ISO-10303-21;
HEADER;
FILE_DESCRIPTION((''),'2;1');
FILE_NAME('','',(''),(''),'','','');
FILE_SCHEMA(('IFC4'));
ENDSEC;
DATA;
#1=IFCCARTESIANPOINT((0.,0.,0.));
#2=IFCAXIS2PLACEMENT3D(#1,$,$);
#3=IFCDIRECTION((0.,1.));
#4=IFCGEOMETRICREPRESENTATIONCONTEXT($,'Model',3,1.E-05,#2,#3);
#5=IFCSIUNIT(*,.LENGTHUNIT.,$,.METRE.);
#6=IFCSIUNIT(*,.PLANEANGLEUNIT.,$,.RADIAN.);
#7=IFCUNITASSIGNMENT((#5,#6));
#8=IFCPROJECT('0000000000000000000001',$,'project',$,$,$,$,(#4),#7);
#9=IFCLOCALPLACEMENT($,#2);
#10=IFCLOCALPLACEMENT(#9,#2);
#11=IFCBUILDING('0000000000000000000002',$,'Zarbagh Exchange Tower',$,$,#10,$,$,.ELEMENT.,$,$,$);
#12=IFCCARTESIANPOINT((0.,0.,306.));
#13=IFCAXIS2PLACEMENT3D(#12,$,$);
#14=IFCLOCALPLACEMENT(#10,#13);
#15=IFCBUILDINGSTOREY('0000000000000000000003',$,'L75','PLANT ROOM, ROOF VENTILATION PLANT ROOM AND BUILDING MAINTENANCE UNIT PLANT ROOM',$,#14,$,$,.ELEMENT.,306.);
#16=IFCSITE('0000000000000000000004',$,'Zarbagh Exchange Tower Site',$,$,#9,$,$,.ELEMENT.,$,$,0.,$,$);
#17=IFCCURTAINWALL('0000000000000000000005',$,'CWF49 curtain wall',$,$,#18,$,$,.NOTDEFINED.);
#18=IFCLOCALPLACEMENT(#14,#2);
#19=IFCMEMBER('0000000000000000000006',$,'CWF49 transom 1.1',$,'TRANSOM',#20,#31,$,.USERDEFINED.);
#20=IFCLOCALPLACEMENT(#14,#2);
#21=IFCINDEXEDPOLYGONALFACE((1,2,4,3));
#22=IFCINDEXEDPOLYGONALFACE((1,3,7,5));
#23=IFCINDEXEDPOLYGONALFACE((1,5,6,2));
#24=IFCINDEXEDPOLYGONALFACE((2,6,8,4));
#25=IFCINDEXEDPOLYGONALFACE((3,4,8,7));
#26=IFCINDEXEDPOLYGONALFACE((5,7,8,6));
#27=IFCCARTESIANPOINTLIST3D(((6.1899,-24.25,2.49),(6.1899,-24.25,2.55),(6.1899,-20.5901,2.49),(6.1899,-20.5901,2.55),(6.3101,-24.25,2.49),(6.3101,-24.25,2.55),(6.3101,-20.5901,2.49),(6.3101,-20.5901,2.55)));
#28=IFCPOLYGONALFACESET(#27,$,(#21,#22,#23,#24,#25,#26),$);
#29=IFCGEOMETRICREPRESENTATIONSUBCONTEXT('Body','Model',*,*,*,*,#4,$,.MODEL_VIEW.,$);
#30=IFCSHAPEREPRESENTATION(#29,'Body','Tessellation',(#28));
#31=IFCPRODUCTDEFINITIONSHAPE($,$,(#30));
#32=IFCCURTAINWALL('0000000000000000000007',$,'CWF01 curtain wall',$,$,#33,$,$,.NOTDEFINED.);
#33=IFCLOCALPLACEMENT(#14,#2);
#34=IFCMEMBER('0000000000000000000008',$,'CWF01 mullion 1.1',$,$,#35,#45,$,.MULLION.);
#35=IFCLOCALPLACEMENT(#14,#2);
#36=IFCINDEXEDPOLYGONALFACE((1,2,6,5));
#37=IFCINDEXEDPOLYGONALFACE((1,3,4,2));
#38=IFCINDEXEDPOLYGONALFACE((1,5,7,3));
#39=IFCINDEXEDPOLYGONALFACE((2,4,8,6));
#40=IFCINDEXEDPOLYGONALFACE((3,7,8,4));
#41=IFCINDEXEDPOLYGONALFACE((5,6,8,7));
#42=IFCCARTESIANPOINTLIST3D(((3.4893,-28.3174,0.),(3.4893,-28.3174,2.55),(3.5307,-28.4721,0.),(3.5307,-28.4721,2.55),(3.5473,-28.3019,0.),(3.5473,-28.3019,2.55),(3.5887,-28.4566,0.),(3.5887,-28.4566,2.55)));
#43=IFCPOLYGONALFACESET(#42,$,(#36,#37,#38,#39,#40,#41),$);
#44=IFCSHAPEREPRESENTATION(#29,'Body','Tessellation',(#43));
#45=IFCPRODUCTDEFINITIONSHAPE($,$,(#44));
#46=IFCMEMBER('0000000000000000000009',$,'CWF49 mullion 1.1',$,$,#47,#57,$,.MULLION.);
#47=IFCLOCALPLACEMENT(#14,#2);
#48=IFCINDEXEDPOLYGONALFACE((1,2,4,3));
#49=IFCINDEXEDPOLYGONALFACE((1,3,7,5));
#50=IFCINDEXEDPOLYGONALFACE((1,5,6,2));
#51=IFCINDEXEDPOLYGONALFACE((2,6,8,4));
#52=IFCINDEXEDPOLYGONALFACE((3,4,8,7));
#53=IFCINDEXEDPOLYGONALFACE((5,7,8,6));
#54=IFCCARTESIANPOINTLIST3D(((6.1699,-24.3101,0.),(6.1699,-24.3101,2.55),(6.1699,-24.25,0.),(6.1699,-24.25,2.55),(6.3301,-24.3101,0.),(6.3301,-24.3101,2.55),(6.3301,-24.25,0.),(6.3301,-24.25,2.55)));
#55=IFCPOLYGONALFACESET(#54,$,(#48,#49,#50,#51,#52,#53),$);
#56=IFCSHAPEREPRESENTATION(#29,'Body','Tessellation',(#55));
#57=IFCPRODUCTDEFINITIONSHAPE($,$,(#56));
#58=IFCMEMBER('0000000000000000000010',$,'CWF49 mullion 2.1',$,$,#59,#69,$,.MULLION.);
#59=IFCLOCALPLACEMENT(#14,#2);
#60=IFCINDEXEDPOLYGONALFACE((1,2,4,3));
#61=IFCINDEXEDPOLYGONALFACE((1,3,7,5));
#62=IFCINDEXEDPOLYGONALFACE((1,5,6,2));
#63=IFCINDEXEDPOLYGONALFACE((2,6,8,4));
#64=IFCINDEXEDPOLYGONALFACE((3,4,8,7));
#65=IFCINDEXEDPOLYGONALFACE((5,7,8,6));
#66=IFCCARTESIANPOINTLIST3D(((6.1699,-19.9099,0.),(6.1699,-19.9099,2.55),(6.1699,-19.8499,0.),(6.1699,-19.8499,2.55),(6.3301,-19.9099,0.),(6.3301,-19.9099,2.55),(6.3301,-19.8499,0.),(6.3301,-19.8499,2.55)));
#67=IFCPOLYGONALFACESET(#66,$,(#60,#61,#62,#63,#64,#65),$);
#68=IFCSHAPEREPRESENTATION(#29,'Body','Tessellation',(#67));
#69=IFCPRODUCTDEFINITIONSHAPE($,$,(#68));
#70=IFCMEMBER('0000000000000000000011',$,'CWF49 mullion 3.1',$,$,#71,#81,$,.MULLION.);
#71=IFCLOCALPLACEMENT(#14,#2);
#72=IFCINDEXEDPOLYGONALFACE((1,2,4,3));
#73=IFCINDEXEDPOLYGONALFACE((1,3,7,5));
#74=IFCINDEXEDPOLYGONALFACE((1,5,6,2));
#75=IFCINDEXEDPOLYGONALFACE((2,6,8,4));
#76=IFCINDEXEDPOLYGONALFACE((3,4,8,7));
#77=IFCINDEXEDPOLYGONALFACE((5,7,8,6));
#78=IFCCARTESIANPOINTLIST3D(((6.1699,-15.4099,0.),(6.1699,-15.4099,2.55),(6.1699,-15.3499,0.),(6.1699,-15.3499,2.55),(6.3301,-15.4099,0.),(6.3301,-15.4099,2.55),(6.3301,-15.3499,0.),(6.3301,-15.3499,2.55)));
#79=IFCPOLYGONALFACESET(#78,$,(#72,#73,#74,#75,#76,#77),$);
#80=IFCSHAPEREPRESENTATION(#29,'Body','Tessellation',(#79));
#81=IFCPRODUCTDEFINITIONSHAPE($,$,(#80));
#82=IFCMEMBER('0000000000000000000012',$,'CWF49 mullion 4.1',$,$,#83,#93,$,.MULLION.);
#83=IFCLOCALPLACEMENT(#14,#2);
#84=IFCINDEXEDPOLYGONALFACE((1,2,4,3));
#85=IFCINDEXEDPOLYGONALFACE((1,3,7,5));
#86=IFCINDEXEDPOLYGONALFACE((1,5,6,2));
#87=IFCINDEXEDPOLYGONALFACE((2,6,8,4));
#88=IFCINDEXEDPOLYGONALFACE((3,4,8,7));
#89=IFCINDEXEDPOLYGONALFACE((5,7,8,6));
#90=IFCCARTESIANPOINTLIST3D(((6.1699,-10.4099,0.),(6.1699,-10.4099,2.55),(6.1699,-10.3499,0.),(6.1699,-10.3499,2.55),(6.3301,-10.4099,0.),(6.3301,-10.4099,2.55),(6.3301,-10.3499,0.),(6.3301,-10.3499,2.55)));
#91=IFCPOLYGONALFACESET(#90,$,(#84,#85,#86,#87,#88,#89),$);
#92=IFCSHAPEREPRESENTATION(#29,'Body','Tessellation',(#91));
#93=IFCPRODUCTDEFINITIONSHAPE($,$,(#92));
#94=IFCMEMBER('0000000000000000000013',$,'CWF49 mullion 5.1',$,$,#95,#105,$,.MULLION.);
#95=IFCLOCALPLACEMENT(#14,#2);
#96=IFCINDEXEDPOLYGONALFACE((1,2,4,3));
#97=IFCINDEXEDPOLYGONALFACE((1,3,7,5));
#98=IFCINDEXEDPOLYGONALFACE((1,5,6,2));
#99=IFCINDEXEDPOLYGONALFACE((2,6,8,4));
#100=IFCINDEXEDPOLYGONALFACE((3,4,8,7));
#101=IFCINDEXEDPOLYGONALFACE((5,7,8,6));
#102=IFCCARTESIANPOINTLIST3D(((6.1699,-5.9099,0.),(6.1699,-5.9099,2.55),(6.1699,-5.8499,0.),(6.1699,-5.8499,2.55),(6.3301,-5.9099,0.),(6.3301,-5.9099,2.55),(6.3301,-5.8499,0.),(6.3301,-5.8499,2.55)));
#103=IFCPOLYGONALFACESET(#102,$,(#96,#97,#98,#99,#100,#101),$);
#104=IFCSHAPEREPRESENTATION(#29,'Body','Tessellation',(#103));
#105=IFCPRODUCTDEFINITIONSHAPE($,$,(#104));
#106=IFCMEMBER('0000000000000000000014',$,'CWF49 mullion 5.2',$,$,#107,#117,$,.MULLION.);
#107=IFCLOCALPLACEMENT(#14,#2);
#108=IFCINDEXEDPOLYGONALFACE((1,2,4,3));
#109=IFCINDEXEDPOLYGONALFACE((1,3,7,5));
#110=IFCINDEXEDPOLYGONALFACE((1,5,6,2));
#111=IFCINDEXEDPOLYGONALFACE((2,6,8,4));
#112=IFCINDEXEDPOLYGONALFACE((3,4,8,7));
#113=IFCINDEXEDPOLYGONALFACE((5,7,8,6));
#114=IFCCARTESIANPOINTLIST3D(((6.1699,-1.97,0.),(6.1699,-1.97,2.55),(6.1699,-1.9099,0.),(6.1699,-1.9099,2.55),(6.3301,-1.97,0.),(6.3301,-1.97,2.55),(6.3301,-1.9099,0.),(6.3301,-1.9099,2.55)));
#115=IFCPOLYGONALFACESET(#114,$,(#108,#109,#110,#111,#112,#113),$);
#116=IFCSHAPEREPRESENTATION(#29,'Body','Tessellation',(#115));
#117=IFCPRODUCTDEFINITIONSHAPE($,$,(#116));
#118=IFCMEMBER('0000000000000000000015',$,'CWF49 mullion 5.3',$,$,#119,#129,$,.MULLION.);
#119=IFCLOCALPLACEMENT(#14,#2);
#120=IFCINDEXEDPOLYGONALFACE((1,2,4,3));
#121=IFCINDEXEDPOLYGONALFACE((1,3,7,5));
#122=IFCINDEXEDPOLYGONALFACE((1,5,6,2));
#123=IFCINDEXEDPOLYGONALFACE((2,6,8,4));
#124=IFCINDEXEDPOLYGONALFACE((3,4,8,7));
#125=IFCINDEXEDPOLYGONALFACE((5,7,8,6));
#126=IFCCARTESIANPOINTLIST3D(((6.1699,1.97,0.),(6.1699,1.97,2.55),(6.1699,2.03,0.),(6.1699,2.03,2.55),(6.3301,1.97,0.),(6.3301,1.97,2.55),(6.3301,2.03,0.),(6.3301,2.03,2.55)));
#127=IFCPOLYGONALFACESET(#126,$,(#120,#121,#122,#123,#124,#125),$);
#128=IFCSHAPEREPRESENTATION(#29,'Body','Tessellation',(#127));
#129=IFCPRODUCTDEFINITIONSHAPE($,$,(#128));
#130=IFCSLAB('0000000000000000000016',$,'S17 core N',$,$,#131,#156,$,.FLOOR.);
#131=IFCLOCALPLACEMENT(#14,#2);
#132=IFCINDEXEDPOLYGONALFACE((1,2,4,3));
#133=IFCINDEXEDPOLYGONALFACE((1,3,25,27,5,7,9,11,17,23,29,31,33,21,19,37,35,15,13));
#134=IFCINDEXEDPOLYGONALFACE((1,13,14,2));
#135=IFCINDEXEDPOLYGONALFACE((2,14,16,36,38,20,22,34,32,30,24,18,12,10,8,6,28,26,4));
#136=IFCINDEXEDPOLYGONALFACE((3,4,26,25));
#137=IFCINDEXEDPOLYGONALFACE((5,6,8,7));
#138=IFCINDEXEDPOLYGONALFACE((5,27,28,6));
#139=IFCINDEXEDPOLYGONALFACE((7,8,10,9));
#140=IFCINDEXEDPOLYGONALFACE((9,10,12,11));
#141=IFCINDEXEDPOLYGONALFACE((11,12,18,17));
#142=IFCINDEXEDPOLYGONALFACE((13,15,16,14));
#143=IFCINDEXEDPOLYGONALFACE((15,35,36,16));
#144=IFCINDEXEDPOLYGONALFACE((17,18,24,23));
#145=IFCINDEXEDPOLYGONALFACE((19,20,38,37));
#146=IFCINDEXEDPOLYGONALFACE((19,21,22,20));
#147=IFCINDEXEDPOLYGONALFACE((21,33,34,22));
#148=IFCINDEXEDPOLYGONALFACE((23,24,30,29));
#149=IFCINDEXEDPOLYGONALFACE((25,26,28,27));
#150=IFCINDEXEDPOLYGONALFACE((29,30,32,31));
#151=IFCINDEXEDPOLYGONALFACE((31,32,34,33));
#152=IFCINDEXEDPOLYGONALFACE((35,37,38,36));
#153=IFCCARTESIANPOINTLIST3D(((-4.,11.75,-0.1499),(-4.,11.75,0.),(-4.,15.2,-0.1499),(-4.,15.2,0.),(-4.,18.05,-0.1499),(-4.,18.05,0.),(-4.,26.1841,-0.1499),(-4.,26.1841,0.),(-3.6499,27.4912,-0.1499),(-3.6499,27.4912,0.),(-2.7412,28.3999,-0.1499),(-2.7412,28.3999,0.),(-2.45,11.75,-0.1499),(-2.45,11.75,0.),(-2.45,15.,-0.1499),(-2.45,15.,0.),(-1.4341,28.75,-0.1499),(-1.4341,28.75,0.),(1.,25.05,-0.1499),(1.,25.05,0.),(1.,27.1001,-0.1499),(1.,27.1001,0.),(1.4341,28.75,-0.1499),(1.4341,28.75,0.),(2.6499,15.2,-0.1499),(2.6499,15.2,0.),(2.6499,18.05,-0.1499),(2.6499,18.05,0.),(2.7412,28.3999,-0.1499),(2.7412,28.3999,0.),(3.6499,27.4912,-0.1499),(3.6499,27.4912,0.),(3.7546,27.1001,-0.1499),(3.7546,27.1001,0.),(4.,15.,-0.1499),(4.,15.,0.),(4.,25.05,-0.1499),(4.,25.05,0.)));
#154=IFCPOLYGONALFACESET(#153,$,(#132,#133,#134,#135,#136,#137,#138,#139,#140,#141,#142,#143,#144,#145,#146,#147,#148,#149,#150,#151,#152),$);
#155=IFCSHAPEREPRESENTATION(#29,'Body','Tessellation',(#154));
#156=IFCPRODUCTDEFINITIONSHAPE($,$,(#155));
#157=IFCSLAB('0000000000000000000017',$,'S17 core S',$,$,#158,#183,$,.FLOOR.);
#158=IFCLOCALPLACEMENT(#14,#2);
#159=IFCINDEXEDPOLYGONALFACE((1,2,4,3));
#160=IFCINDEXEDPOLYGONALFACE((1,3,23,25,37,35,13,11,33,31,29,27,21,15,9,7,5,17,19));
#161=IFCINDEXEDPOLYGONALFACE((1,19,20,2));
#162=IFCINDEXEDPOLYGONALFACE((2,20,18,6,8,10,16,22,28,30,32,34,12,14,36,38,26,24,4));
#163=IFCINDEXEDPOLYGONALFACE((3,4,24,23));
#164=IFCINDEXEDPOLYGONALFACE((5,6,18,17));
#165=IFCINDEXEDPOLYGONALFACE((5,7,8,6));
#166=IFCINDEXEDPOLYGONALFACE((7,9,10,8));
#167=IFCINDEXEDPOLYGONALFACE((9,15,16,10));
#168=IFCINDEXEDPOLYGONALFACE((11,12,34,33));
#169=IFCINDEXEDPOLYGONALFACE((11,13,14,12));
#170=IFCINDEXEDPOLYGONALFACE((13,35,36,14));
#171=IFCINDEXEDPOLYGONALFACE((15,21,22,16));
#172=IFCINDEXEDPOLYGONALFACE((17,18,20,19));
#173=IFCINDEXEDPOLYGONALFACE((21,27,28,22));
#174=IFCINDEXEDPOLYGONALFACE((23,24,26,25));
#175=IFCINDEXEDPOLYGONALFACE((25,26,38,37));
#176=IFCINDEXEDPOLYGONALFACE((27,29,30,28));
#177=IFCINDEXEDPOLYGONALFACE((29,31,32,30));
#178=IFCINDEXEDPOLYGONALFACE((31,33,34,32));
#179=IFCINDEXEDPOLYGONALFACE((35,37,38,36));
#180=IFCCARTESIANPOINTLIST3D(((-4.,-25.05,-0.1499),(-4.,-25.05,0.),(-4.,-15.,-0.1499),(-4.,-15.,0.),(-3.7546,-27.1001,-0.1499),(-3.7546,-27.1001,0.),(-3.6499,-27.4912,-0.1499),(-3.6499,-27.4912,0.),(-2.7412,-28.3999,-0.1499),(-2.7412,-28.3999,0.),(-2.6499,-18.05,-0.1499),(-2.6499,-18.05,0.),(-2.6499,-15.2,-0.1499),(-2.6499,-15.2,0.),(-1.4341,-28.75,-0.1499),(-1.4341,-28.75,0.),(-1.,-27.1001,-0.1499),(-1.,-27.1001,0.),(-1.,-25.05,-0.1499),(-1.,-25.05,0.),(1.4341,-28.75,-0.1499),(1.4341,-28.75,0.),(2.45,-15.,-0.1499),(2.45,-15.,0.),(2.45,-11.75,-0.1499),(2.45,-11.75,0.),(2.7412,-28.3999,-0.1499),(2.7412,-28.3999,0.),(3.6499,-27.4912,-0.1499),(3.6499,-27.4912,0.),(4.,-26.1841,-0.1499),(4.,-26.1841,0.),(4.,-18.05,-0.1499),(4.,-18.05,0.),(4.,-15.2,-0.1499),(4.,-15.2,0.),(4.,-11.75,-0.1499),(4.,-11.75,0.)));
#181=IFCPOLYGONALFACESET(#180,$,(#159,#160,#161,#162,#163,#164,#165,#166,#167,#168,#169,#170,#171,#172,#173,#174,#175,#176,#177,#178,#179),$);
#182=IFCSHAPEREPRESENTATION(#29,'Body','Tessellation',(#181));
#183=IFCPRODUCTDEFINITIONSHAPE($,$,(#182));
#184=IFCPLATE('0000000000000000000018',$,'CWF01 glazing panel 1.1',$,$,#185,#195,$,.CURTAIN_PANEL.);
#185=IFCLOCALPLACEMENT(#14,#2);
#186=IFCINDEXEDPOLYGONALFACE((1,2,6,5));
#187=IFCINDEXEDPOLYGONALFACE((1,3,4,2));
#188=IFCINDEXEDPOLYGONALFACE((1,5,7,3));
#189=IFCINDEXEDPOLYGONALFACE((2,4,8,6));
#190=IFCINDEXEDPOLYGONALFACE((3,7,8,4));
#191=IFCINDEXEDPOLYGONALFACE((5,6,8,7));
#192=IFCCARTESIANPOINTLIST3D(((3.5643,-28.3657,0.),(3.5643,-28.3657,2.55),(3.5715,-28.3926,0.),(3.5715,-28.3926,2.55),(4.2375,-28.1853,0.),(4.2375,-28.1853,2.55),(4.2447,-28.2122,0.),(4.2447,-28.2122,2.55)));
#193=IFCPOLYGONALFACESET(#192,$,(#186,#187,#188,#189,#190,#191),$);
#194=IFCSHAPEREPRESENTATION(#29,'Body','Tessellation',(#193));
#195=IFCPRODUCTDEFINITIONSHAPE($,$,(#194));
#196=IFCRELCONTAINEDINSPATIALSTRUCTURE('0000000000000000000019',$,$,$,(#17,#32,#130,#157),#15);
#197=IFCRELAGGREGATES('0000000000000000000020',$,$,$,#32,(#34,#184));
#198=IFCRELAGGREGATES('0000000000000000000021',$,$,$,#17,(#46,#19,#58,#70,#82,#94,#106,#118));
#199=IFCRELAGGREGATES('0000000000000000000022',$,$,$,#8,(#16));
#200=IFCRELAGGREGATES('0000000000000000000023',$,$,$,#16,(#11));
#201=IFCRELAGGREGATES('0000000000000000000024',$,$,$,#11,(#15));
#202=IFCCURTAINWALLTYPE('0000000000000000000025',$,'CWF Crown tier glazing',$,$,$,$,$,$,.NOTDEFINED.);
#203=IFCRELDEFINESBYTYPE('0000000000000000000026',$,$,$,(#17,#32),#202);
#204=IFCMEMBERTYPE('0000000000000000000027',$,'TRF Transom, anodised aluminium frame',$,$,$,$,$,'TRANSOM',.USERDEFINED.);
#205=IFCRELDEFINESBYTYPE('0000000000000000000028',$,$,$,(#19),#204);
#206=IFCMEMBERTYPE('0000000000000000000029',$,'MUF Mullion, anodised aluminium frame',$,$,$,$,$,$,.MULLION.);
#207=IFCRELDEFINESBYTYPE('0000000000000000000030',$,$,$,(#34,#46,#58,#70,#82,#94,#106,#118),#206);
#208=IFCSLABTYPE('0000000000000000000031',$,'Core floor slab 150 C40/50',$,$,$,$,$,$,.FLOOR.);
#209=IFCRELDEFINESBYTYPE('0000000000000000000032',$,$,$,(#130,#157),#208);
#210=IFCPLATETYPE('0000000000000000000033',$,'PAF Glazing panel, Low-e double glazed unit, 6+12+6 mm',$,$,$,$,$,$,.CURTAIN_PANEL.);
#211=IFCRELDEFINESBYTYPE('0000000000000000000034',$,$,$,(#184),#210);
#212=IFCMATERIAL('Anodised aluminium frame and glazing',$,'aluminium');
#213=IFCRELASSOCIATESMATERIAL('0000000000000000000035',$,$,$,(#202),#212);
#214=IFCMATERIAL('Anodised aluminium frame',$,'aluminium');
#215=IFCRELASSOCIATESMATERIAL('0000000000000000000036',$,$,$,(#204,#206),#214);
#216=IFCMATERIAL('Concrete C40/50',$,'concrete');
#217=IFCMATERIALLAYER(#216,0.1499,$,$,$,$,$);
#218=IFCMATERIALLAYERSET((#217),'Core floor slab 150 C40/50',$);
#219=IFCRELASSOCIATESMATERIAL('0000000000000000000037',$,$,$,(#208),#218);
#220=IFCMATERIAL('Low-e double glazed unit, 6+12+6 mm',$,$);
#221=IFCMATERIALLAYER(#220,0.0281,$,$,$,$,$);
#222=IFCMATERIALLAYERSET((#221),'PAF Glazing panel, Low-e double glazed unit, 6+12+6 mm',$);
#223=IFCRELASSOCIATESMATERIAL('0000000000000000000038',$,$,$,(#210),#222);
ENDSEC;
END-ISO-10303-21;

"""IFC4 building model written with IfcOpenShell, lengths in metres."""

from ifc_helpers import new_model, si_unit, direction, frame, origin, place, context, subcontext, project, spatial, polyline, outline, extrude, source, transform, mapped, material, layer, layer_set, type_object, element, aggregate, save


model = new_model("IFC4")

# Units and contexts
model_context = context("Model", 3, precision=1e-05, world=origin(), true_north=direction((0.0, 1.0)))
body_context = subcontext(model_context, "Body", "Model", "MODEL_VIEW")
ifc_project = project(units=[si_unit("LENGTHUNIT", "METRE"), si_unit("PLANEANGLEUNIT", "RADIAN")], contexts=[model_context])

# Site, building, storey
site_placement = place(None, origin())
site = spatial("IfcSite", under=ifc_project, at=site_placement, Name="Zarbagh Exchange Tower Site", CompositionType="ELEMENT", RefElevation=0.0)
building_placement = place(site_placement, origin())
building = spatial("IfcBuilding", under=site, at=building_placement, Name="Zarbagh Exchange Tower", CompositionType="ELEMENT")
storey_placement = place(building_placement, frame((0.0, 0.0, 306.0)))
storey = spatial("IfcBuildingStorey", under=building, at=storey_placement, Name="L75", Description="PLANT ROOM, ROOF VENTILATION PLANT ROOM AND BUILDING MAINTENANCE UNIT PLANT ROOM", CompositionType="ELEMENT", Elevation=306.0)

# Curtain walls, members
ifc_material_1 = material(Name="Anodised aluminium frame and glazing", Category="aluminium")
curtain_wall_type = type_object("IfcCurtainWallType", Name="CWF Crown tier glazing", PredefinedType="NOTDEFINED", material=ifc_material_1)
curtain_wall_1_placement = place(storey_placement, origin())
curtain_wall_1 = element("IfcCurtainWall", 1, at=curtain_wall_1_placement, inside=storey, type_object=curtain_wall_type, Name="CWF49 curtain wall", PredefinedType="NOTDEFINED")
ifc_material_2 = material(Name="Anodised aluminium frame", Category="aluminium")
member_type_1 = type_object("IfcMemberType", Name="TRF Transom, anodised aluminium frame", ElementType="TRANSOM", PredefinedType="USERDEFINED", material=ifc_material_2)
shared_shape_1 = source(origin(), body_context, "Body", "SweptSolid", [
    extrude(outline(polyline([(-0.0601, -0.0601), (0.0, -0.0601), (0.0, 0.0601), (-0.0601, 0.0601), (-0.0601, -0.0601)])), origin(), (0.0, 0.0, 1.0), 3.6599),
])
placement = place(storey_placement, origin())
member_1 = element("IfcMember", 2, at=placement, type_object=member_type_1, Name="CWF49 transom 1.1", ObjectType="TRANSOM", PredefinedType="USERDEFINED", context=body_context, shape_type="MappedRepresentation", body=[
    mapped(shared_shape_1, transform((6.25, -24.25, 2.55), x_axis=(0.0, 0.0, 1.0), y_axis=(1.0, 0.0, 0.0), z_axis=(0.0, 1.0, 0.0))),
])
curtain_wall_2_placement = place(storey_placement, origin())
curtain_wall_2 = element("IfcCurtainWall", 3, at=curtain_wall_2_placement, inside=storey, type_object=curtain_wall_type, Name="CWF01 curtain wall", PredefinedType="NOTDEFINED")
member_type_2 = type_object("IfcMemberType", Name="MUF Mullion, anodised aluminium frame", PredefinedType="MULLION", material=ifc_material_2)
shared_shape_2 = source(origin(), body_context, "Body", "SweptSolid", [
    extrude(outline(polyline([(0.0, -0.0801), (0.0601, -0.0801), (0.0601, 0.0801), (0.0, 0.0801), (0.0, -0.0801)])), origin(), (0.0, 0.0, 1.0), 2.55),
])
member_2 = element("IfcMember", 4, at=placement, type_object=member_type_2, Name="CWF01 mullion 1.1", PredefinedType="MULLION", context=body_context, shape_type="MappedRepresentation", body=[
    mapped(shared_shape_2, transform((3.51, -28.3948, 0.0), x_axis=(0.965924, 0.258825, 0.0), y_axis=(-0.258825, 0.965924, 0.0), z_axis=(0.0, 0.0, 1.0))),
])

# Members
member_3 = element("IfcMember", 5, at=placement, type_object=member_type_2, Name="CWF49 mullion 1.1", PredefinedType="MULLION", context=body_context, shape_type="MappedRepresentation", body=[
    mapped(shared_shape_2, transform((6.25, -24.3101, 0.0), x_axis=(0.0, 1.0, 0.0), y_axis=(-1.0, 0.0, 0.0), z_axis=(0.0, 0.0, 1.0))),
])
member_4 = element("IfcMember", 6, at=placement, type_object=member_type_2, Name="CWF49 mullion 2.1", PredefinedType="MULLION", context=body_context, shape_type="MappedRepresentation", body=[
    mapped(shared_shape_2, transform((6.25, -19.9099, 0.0), x_axis=(0.0, 1.0, 0.0), y_axis=(-1.0, 0.0, 0.0), z_axis=(0.0, 0.0, 1.0))),
])
member_5 = element("IfcMember", 7, at=placement, type_object=member_type_2, Name="CWF49 mullion 3.1", PredefinedType="MULLION", context=body_context, shape_type="MappedRepresentation", body=[
    mapped(shared_shape_2, transform((6.25, -15.4099, 0.0), x_axis=(0.0, 1.0, 0.0), y_axis=(-1.0, 0.0, 0.0), z_axis=(0.0, 0.0, 1.0))),
])
member_6 = element("IfcMember", 8, at=placement, type_object=member_type_2, Name="CWF49 mullion 4.1", PredefinedType="MULLION", context=body_context, shape_type="MappedRepresentation", body=[
    mapped(shared_shape_2, transform((6.25, -10.4099, 0.0), x_axis=(0.0, 1.0, 0.0), y_axis=(-1.0, 0.0, 0.0), z_axis=(0.0, 0.0, 1.0))),
])
member_7 = element("IfcMember", 9, at=placement, type_object=member_type_2, Name="CWF49 mullion 5.1", PredefinedType="MULLION", context=body_context, shape_type="MappedRepresentation", body=[
    mapped(shared_shape_2, transform((6.25, -5.9099, 0.0), x_axis=(0.0, 1.0, 0.0), y_axis=(-1.0, 0.0, 0.0), z_axis=(0.0, 0.0, 1.0))),
])
member_8 = element("IfcMember", 10, at=placement, type_object=member_type_2, Name="CWF49 mullion 5.2", PredefinedType="MULLION", context=body_context, shape_type="MappedRepresentation", body=[
    mapped(shared_shape_2, transform((6.25, -1.97, 0.0), x_axis=(0.0, 1.0, 0.0), y_axis=(-1.0, 0.0, 0.0), z_axis=(0.0, 0.0, 1.0))),
])
member_9 = element("IfcMember", 11, at=placement, type_object=member_type_2, Name="CWF49 mullion 5.3", PredefinedType="MULLION", context=body_context, shape_type="MappedRepresentation", body=[
    mapped(shared_shape_2, transform((6.25, 1.97, 0.0), x_axis=(0.0, 1.0, 0.0), y_axis=(-1.0, 0.0, 0.0), z_axis=(0.0, 0.0, 1.0))),
])

# Slabs
ifc_material_3 = material(Name="Concrete C40/50", Category="concrete")
ifc_layer_1 = layer(ifc_material_3, 0.1499)
ifc_layer_set_1 = layer_set([ifc_layer_1], Name="Core floor slab 150 C40/50")
slab_type = type_object("IfcSlabType", Name="Core floor slab 150 C40/50", PredefinedType="FLOOR", material=ifc_layer_set_1)
slab_1_placement = place(storey_placement, frame((0.0, 0.0, -0.1499)))
element("IfcSlab", 12, at=slab_1_placement, inside=storey, type_object=slab_type, Name="S17 core N", PredefinedType="FLOOR", context=body_context, shape_type="SweptSolid", body=[
    extrude(outline(polyline([(-4.0, 11.75), (-4.0, 15.2), (2.6499, 15.2), (2.6499, 18.05), (-4.0, 18.05), (-4.0, 26.1841), (-3.6499, 27.4912), (-2.7412, 28.3999), (-1.4341, 28.75), (1.4341, 28.75), (2.7412, 28.3999), (3.6499, 27.4912), (3.8577, 26.7151), (3.7546, 27.1001), (1.0, 27.1001), (1.0, 25.05), (4.0, 25.05), (4.0, 15.0), (-2.45, 15.0), (-2.45, 11.75), (-4.0, 11.75)])), origin(), (0.0, 0.0, 1.0), 0.1499),
])
slab_2_placement = place(storey_placement, frame((0.0, 0.0, -0.1499)))
element("IfcSlab", 13, at=slab_2_placement, inside=storey, type_object=slab_type, Name="S17 core S", PredefinedType="FLOOR", context=body_context, shape_type="SweptSolid", body=[
    extrude(outline(polyline([(-2.7412, -28.3999), (-3.6499, -27.4912), (-3.8577, -26.7151), (-3.7546, -27.1001), (-1.0, -27.1001), (-1.0, -25.05), (-4.0, -25.05), (-4.0, -15.0), (2.45, -15.0), (2.45, -11.75), (4.0, -11.75), (4.0, -15.2), (-2.6499, -15.2), (-2.6499, -18.05), (4.0, -18.05), (4.0, -26.1841), (3.6499, -27.4912), (2.7412, -28.3999), (1.4341, -28.75), (-1.4341, -28.75), (-2.7412, -28.3999)])), origin(), (0.0, 0.0, 1.0), 0.1499),
])

# Plate
ifc_material_4 = material(Name="Low-e double glazed unit, 6+12+6 mm")
ifc_layer_2 = layer(ifc_material_4, 0.0281)
ifc_layer_set_2 = layer_set([ifc_layer_2], Name="PAF Glazing panel, Low-e double glazed unit, 6+12+6 mm")
plate_type = type_object("IfcPlateType", Name="PAF Glazing panel, Low-e double glazed unit, 6+12+6 mm", PredefinedType="CURTAIN_PANEL", material=ifc_layer_set_2)
shared_shape_3 = source(origin(), body_context, "Body", "SweptSolid", [
    extrude(outline(polyline([(0.0, -0.0139), (0.697, -0.0139), (0.697, 0.0139), (0.0, 0.0139), (0.0, -0.0139)])), origin(), (0.0, 0.0, 1.0), 2.55),
])
plate_1 = element("IfcPlate", 14, at=placement, type_object=plate_type, Name="CWF01 glazing panel 1.1", PredefinedType="CURTAIN_PANEL", context=body_context, shape_type="MappedRepresentation", body=[
    mapped(shared_shape_3, transform((3.5679, -28.3792, 0.0), x_axis=(0.965924, 0.258825, 0.0), y_axis=(-0.258825, 0.965924, 0.0), z_axis=(0.0, 0.0, 1.0))),
])
aggregate(curtain_wall_2, [member_2, plate_1])

aggregate(curtain_wall_1, [member_3, member_1, member_4, member_5, member_6, member_7, member_8, member_9])

save(model, "model.ifc")
